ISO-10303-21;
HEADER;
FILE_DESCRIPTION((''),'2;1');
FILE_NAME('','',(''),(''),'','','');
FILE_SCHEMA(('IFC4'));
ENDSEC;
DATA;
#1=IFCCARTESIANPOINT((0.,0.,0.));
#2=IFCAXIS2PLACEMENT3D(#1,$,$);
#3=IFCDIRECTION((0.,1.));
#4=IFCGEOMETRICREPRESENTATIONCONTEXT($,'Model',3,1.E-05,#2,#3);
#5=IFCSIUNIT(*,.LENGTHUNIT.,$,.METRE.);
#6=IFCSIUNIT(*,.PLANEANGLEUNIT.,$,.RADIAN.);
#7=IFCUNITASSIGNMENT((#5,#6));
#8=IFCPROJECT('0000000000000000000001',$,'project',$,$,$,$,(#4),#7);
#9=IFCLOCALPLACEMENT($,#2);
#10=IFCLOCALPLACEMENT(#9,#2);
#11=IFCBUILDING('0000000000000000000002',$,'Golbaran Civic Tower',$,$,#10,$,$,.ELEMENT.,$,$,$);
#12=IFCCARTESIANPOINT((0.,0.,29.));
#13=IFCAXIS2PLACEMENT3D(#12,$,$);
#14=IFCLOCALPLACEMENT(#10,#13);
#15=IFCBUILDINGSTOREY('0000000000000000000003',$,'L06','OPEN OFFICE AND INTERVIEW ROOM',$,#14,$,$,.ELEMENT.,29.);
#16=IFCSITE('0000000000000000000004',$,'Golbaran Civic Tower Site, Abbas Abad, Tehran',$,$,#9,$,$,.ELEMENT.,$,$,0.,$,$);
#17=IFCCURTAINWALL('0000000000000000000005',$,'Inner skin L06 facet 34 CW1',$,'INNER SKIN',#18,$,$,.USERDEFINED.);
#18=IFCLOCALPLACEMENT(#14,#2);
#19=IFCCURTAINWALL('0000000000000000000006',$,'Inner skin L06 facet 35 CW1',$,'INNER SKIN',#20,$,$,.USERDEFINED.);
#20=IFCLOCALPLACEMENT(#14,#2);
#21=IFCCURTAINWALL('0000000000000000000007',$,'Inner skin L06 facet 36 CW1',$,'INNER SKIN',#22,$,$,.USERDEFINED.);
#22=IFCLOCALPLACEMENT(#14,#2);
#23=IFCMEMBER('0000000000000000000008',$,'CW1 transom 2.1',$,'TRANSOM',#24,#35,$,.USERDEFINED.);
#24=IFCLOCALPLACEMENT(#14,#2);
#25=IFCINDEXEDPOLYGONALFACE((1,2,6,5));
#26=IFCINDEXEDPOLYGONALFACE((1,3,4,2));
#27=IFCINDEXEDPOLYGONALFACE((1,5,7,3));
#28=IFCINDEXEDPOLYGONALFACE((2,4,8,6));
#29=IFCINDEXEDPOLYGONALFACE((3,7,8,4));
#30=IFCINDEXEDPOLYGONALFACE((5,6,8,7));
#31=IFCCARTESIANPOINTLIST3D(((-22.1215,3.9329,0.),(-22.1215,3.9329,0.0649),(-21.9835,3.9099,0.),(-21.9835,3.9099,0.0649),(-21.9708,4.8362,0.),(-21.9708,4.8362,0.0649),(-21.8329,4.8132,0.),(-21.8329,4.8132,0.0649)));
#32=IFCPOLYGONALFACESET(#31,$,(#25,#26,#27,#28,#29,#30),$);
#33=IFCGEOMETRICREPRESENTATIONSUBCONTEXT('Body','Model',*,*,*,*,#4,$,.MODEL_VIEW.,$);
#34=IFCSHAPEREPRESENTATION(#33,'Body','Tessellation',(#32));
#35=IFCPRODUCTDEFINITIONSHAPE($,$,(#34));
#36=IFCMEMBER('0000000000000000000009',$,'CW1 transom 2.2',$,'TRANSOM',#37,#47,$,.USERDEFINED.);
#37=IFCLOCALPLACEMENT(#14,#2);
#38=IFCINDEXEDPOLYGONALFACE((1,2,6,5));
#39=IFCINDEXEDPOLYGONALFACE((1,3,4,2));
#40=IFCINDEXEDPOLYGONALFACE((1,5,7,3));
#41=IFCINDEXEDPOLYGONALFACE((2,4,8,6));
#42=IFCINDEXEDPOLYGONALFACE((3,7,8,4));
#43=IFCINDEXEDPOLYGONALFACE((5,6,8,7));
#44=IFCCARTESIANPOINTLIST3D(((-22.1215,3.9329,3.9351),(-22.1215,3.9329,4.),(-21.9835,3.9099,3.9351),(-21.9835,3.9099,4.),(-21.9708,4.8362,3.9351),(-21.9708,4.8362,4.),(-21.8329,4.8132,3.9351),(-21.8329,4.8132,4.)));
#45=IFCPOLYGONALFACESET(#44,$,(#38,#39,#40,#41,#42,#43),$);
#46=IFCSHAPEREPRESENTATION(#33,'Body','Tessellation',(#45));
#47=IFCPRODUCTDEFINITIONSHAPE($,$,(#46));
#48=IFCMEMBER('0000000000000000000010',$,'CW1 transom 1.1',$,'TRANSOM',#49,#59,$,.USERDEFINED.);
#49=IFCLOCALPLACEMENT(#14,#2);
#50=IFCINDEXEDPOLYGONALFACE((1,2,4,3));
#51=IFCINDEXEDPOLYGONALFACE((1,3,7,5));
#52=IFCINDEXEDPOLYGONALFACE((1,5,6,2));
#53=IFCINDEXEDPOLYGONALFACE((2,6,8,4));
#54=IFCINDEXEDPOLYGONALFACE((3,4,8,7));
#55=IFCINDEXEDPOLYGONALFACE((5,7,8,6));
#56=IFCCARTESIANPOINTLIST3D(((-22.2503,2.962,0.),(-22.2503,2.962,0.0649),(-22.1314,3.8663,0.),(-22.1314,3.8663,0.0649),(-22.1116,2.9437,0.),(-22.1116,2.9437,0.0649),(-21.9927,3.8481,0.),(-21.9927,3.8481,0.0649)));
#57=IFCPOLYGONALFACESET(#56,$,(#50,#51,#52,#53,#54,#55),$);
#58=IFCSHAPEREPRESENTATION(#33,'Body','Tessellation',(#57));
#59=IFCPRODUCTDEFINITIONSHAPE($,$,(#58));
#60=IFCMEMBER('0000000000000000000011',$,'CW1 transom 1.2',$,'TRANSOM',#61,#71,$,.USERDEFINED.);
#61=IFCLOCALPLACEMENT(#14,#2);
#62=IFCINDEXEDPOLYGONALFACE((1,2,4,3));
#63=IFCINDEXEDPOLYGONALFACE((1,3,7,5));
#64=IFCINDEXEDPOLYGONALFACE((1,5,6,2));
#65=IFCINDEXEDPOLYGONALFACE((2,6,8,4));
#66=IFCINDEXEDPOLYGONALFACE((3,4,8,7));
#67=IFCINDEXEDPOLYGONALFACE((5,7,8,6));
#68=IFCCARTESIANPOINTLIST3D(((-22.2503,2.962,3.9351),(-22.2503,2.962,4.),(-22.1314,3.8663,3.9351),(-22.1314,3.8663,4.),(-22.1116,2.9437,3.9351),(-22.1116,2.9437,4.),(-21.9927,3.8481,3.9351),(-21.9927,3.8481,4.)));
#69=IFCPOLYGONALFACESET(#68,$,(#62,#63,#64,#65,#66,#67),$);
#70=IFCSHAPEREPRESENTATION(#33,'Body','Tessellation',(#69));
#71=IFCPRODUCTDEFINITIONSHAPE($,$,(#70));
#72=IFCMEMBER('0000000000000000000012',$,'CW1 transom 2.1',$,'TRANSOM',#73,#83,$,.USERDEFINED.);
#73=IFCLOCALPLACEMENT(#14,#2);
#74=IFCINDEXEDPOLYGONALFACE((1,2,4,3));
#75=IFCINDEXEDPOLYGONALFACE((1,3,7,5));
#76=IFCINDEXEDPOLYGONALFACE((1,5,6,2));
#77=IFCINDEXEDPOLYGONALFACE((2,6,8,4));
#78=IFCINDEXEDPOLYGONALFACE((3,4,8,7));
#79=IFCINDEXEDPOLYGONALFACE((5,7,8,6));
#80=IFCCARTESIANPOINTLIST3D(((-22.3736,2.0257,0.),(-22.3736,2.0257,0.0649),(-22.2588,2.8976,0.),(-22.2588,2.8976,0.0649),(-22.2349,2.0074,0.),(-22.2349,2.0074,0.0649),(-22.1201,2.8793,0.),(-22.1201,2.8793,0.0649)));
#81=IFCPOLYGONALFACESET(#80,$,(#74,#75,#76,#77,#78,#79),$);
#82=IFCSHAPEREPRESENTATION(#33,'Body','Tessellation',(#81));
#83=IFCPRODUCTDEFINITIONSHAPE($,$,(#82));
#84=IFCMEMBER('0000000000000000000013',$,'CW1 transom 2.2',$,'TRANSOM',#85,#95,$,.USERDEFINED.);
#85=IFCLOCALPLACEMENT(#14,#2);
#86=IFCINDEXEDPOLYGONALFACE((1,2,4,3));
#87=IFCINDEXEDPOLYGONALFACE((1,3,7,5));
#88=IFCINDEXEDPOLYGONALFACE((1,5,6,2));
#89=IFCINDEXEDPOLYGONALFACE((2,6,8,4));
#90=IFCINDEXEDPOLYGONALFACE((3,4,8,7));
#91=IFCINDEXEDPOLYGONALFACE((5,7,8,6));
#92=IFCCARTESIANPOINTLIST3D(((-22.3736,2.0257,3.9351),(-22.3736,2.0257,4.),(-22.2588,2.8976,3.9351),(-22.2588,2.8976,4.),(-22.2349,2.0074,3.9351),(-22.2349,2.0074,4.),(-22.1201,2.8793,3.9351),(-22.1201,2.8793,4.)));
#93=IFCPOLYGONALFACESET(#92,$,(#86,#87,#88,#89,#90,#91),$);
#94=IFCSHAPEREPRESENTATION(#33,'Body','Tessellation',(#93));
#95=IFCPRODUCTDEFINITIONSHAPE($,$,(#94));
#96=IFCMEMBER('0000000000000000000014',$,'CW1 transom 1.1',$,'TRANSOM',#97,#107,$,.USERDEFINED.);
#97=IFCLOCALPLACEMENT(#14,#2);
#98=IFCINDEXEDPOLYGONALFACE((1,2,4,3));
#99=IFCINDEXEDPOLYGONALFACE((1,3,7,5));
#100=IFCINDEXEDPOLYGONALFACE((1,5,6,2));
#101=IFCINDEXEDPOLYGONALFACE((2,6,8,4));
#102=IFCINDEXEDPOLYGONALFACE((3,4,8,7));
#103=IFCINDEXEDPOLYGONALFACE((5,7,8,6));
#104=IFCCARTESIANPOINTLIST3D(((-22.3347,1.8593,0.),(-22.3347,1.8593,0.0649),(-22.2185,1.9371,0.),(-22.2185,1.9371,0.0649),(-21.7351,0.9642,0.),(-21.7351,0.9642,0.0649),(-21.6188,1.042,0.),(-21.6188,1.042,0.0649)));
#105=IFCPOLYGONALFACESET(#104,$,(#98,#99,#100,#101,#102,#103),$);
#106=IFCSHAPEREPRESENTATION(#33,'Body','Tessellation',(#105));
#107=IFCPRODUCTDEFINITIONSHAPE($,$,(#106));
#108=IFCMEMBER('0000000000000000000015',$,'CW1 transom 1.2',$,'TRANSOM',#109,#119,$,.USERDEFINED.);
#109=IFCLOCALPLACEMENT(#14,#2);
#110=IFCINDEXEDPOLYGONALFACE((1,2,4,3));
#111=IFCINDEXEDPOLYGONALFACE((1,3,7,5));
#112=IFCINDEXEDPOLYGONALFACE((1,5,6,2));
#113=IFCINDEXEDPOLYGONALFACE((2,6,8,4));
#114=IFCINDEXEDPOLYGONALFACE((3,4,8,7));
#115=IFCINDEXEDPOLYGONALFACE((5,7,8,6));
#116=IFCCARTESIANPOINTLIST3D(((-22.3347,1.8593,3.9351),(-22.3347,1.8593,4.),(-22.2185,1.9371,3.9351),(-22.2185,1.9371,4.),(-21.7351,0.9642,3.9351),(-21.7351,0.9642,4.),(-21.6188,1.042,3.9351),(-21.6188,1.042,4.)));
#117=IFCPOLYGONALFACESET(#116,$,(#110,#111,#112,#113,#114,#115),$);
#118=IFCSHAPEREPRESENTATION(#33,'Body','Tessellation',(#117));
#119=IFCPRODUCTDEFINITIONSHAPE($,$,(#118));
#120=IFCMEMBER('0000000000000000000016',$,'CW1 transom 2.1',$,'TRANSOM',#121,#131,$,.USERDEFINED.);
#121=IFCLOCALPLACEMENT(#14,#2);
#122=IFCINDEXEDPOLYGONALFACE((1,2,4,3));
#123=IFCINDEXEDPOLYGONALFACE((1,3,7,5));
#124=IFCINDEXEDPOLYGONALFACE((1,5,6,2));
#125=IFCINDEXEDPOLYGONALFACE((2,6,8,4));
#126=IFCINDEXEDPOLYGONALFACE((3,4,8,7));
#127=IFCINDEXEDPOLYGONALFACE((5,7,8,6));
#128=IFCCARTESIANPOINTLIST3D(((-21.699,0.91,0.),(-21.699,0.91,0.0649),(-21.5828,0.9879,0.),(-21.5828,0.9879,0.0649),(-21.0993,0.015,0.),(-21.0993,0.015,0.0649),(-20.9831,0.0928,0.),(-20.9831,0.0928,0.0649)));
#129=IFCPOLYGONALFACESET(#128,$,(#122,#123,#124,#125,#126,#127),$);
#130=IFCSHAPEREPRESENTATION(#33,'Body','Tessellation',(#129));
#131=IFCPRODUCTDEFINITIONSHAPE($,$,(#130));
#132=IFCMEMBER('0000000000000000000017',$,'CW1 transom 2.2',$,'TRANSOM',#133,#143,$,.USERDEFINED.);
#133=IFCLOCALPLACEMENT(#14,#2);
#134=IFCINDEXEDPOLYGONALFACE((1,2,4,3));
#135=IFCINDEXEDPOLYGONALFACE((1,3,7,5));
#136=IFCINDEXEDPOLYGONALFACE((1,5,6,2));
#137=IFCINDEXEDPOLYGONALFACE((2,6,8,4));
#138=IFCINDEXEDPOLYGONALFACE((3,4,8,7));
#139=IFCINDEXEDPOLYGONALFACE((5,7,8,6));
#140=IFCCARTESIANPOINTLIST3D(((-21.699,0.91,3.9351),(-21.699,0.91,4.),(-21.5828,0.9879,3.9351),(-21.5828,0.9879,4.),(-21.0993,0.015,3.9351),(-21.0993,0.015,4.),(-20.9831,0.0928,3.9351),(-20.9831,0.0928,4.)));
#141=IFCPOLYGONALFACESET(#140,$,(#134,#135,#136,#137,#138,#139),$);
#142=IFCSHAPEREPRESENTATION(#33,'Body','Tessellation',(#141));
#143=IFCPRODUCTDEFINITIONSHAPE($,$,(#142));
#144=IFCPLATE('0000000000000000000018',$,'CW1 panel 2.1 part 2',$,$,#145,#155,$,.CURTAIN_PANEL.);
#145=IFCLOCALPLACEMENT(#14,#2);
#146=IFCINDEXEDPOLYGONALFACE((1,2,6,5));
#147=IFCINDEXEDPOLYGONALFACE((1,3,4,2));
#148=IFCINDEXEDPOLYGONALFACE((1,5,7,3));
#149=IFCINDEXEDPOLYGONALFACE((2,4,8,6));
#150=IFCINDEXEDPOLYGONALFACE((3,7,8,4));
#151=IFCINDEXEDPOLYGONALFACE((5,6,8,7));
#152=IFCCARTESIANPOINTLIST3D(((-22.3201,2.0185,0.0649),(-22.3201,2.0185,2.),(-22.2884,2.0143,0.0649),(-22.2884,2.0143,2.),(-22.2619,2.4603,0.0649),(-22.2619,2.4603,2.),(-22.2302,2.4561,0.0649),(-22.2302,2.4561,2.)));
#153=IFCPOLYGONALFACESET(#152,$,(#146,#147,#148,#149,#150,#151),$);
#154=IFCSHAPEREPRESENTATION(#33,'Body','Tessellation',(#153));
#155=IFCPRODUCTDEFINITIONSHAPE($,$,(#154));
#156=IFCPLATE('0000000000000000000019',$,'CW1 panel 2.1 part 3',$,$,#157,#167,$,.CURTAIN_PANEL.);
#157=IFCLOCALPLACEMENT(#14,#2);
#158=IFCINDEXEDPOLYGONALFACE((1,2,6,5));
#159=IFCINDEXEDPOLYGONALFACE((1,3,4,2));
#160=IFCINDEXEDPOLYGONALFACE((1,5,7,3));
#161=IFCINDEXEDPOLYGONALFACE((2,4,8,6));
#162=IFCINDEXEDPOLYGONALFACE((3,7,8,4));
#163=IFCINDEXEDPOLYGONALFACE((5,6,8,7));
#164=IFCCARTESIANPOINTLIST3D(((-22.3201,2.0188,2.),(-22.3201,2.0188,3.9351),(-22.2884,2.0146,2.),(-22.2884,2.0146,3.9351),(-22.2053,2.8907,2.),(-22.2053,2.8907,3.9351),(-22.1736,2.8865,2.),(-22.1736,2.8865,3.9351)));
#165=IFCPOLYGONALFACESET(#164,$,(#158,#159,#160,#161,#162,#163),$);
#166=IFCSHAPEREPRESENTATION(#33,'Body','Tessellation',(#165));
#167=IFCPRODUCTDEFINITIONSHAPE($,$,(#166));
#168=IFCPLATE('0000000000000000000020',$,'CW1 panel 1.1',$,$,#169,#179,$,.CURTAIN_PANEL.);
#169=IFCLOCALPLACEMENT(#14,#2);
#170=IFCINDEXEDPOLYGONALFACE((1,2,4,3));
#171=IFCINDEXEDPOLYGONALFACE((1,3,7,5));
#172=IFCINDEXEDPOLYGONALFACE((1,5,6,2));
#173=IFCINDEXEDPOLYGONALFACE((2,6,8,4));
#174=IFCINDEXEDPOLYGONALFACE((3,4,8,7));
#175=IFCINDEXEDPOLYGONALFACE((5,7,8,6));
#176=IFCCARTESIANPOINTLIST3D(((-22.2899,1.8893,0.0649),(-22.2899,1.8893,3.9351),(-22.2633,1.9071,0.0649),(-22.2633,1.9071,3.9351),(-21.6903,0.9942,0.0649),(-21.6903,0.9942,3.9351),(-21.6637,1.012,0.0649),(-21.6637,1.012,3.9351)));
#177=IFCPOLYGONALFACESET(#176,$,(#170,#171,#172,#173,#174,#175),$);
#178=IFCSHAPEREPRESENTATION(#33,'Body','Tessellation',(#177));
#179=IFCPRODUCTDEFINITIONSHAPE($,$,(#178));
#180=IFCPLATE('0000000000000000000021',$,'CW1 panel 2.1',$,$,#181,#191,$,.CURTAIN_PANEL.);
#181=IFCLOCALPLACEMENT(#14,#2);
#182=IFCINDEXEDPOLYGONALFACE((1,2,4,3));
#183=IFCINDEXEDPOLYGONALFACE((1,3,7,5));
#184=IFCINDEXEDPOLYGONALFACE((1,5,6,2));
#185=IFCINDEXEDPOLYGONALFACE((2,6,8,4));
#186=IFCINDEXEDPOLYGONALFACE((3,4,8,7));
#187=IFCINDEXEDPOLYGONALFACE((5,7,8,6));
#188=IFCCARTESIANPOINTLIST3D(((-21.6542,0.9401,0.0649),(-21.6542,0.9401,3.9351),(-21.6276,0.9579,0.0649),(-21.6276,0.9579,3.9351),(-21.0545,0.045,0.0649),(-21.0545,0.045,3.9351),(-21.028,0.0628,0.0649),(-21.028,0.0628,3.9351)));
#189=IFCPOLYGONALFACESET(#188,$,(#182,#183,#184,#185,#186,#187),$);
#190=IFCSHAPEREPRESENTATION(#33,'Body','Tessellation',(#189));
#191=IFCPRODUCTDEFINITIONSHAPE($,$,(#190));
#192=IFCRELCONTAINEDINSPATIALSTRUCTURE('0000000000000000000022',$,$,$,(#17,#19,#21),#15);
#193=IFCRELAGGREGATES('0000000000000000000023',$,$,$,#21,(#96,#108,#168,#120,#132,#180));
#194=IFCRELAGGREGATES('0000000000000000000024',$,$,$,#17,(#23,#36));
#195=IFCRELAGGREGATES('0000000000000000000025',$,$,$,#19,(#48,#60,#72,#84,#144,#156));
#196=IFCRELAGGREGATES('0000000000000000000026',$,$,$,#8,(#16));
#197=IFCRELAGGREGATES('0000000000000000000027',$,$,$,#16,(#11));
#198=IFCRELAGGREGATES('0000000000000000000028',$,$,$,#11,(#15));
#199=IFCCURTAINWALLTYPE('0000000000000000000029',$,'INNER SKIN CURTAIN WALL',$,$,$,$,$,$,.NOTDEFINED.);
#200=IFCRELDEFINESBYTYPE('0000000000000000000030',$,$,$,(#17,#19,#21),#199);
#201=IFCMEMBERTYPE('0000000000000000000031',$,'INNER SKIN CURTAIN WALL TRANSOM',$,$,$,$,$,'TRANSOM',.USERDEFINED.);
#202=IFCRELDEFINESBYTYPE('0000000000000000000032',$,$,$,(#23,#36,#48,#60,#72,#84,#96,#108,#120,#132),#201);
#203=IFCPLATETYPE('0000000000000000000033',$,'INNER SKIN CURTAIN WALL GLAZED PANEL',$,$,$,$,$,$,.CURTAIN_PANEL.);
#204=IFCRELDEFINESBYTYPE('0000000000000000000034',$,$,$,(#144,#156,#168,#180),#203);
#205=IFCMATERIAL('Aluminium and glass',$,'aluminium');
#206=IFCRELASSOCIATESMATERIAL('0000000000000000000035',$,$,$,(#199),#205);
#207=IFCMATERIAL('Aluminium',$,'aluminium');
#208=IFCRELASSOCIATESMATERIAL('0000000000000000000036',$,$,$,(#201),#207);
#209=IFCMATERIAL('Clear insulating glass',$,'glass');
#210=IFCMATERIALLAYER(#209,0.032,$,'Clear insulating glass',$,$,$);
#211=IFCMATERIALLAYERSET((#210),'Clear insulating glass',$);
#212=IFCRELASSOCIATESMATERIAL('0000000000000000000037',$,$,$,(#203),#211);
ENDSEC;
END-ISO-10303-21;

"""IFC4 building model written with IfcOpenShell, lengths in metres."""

from ifc_helpers import new_model, si_unit, direction, frame, origin, origin_2d, place, context, subcontext, project, spatial, rectangle, extrude, material, layer, layer_set, material_profile, profile_set, type_object, element, aggregate, save


model = new_model("IFC4")

# Units and contexts
model_context = context("Model", 3, precision=1e-05, world=origin(), true_north=direction((0.0, 1.0)))
body_context = subcontext(model_context, "Body", "Model", "MODEL_VIEW")
ifc_project = project(units=[si_unit("LENGTHUNIT", "METRE"), si_unit("PLANEANGLEUNIT", "RADIAN")], contexts=[model_context])

# Site, building, storey
site_placement = place(None, origin())
site = spatial("IfcSite", under=ifc_project, at=site_placement, Name="Golbaran Civic Tower Site, Abbas Abad, Tehran", CompositionType="ELEMENT", RefElevation=0.0)
building_placement = place(site_placement, origin())
building = spatial("IfcBuilding", under=site, at=building_placement, Name="Golbaran Civic Tower", CompositionType="ELEMENT")
storey_placement = place(building_placement, frame((0.0, 0.0, 29.0)))
storey = spatial("IfcBuildingStorey", under=building, at=storey_placement, Name="L06", Description="OPEN OFFICE AND INTERVIEW ROOM", CompositionType="ELEMENT", Elevation=29.0)

# Curtain walls
ifc_material_1 = material(Name="Aluminium and glass", Category="aluminium")
curtain_wall_type = type_object("IfcCurtainWallType", Name="INNER SKIN CURTAIN WALL", PredefinedType="NOTDEFINED", material=ifc_material_1)
curtain_wall_1_placement = place(storey_placement, origin())
curtain_wall_1 = element("IfcCurtainWall", 1, at=curtain_wall_1_placement, inside=storey, type_object=curtain_wall_type, Name="Inner skin L06 facet 34 CW1", ObjectType="INNER SKIN", PredefinedType="USERDEFINED")
ifc_material_2 = material(Name="Aluminium", Category="aluminium")
curtain_wall_2_placement = place(storey_placement, origin())
curtain_wall_2 = element("IfcCurtainWall", 2, at=curtain_wall_2_placement, inside=storey, type_object=curtain_wall_type, Name="Inner skin L06 facet 35 CW1", ObjectType="INNER SKIN", PredefinedType="USERDEFINED")
curtain_wall_3_placement = place(storey_placement, origin())
curtain_wall_3 = element("IfcCurtainWall", 3, at=curtain_wall_3_placement, inside=storey, type_object=curtain_wall_type, Name="Inner skin L06 facet 36 CW1", ObjectType="INNER SKIN", PredefinedType="USERDEFINED")

# Members
ifc_material_profile_1 = material_profile(ifc_material_2, rectangle(XDim=0.1399, YDim=0.0649, at=origin_2d()), Name="INNER SKIN CURTAIN WALL TRANSOM")
ifc_profile_set_1 = profile_set([ifc_material_profile_1], Name="Aluminium")
member_type_1 = type_object("IfcMemberType", Name="INNER SKIN CURTAIN WALL TRANSOM", ElementType="TRANSOM", PredefinedType="USERDEFINED", material=ifc_profile_set_1)
member_1_placement = place(storey_placement, frame((-21.9019, 4.8247, 0.0325), z_axis=(-0.164485, -0.98638, 0.0), x_axis=(0.98638, -0.164485, 0.0)))
member_1 = element("IfcMember", 4, at=member_1_placement, type_object=member_type_1, Name="CW1 transom 2.1", ObjectType="TRANSOM", PredefinedType="USERDEFINED", context=body_context, shape_type="SweptSolid", body=[
    extrude(rectangle(XDim=0.1399, YDim=0.0649, at=origin_2d()), origin(), (0.0, 0.0, 1.0), 0.9158),
])
member_2_placement = place(storey_placement, frame((-21.9019, 4.8247, 3.9675), z_axis=(-0.164485, -0.98638, 0.0), x_axis=(0.98638, -0.164485, 0.0)))
member_2 = element("IfcMember", 5, at=member_2_placement, type_object=member_type_1, Name="CW1 transom 2.2", ObjectType="TRANSOM", PredefinedType="USERDEFINED", context=body_context, shape_type="SweptSolid", body=[
    extrude(rectangle(XDim=0.1399, YDim=0.0649, at=origin_2d()), origin(), (0.0, 0.0, 1.0), 0.9158),
])
member_3_placement = place(storey_placement, frame((-22.062, 3.8572, 0.0325), z_axis=(-0.130358, -0.991467, 0.0), x_axis=(0.991467, -0.130358, 0.0)))
member_3 = element("IfcMember", 6, at=member_3_placement, type_object=member_type_1, Name="CW1 transom 1.1", ObjectType="TRANSOM", PredefinedType="USERDEFINED", context=body_context, shape_type="SweptSolid", body=[
    extrude(rectangle(XDim=0.1399, YDim=0.0649, at=origin_2d()), origin(), (0.0, 0.0, 1.0), 0.9121),
])
member_4_placement = place(storey_placement, frame((-22.062, 3.8572, 3.9675), z_axis=(-0.130358, -0.991467, 0.0), x_axis=(0.991467, -0.130358, 0.0)))
member_4 = element("IfcMember", 7, at=member_4_placement, type_object=member_type_1, Name="CW1 transom 1.2", ObjectType="TRANSOM", PredefinedType="USERDEFINED", context=body_context, shape_type="SweptSolid", body=[
    extrude(rectangle(XDim=0.1399, YDim=0.0649, at=origin_2d()), origin(), (0.0, 0.0, 1.0), 0.9121),
])
member_5_placement = place(storey_placement, frame((-22.1895, 2.8884, 0.0325), z_axis=(-0.13049, -0.99145, 0.0), x_axis=(0.99145, -0.13049, 0.0)))
member_5 = element("IfcMember", 8, at=member_5_placement, type_object=member_type_1, Name="CW1 transom 2.1", ObjectType="TRANSOM", PredefinedType="USERDEFINED", context=body_context, shape_type="SweptSolid", body=[
    extrude(rectangle(XDim=0.1399, YDim=0.0649, at=origin_2d()), origin(), (0.0, 0.0, 1.0), 0.8794),
])
member_6_placement = place(storey_placement, frame((-22.1895, 2.8884, 3.9675), z_axis=(-0.13049, -0.99145, 0.0), x_axis=(0.99145, -0.13049, 0.0)))
member_6 = element("IfcMember", 9, at=member_6_placement, type_object=member_type_1, Name="CW1 transom 2.2", ObjectType="TRANSOM", PredefinedType="USERDEFINED", context=body_context, shape_type="SweptSolid", body=[
    extrude(rectangle(XDim=0.1399, YDim=0.0649, at=origin_2d()), origin(), (0.0, 0.0, 1.0), 0.8794),
])
member_7_placement = place(storey_placement, frame((-22.2766, 1.8982, 0.0325), z_axis=(0.556581, -0.830793, 0.0), x_axis=(0.830793, 0.556581, 0.0)))
member_7 = element("IfcMember", 10, at=member_7_placement, type_object=member_type_1, Name="CW1 transom 1.1", ObjectType="TRANSOM", PredefinedType="USERDEFINED", context=body_context, shape_type="SweptSolid", body=[
    extrude(rectangle(XDim=0.1399, YDim=0.0649, at=origin_2d()), origin(), (0.0, 0.0, 1.0), 1.0774),
])
member_8_placement = place(storey_placement, frame((-22.2766, 1.8982, 3.9675), z_axis=(0.556581, -0.830793, 0.0), x_axis=(0.830793, 0.556581, 0.0)))
member_8 = element("IfcMember", 11, at=member_8_placement, type_object=member_type_1, Name="CW1 transom 1.2", ObjectType="TRANSOM", PredefinedType="USERDEFINED", context=body_context, shape_type="SweptSolid", body=[
    extrude(rectangle(XDim=0.1399, YDim=0.0649, at=origin_2d()), origin(), (0.0, 0.0, 1.0), 1.0774),
])
member_9_placement = place(storey_placement, frame((-21.6409, 0.949, 0.0325), z_axis=(0.556581, -0.830793, 0.0), x_axis=(0.830793, 0.556581, 0.0)))
member_9 = element("IfcMember", 12, at=member_9_placement, type_object=member_type_1, Name="CW1 transom 2.1", ObjectType="TRANSOM", PredefinedType="USERDEFINED", context=body_context, shape_type="SweptSolid", body=[
    extrude(rectangle(XDim=0.1399, YDim=0.0649, at=origin_2d()), origin(), (0.0, 0.0, 1.0), 1.0774),
])
member_10_placement = place(storey_placement, frame((-21.6409, 0.949, 3.9675), z_axis=(0.556581, -0.830793, 0.0), x_axis=(0.830793, 0.556581, 0.0)))
member_10 = element("IfcMember", 13, at=member_10_placement, type_object=member_type_1, Name="CW1 transom 2.2", ObjectType="TRANSOM", PredefinedType="USERDEFINED", context=body_context, shape_type="SweptSolid", body=[
    extrude(rectangle(XDim=0.1399, YDim=0.0649, at=origin_2d()), origin(), (0.0, 0.0, 1.0), 1.0774),
])

# Plates
ifc_material_3 = material(Name="Clear insulating glass", Category="glass")
ifc_layer_1 = layer(ifc_material_3, 0.032, Name="Clear insulating glass")
ifc_layer_set_1 = layer_set([ifc_layer_1], Name="Clear insulating glass")
plate_type_1 = type_object("IfcPlateType", Name="INNER SKIN CURTAIN WALL GLAZED PANEL", PredefinedType="CURTAIN_PANEL", material=ifc_layer_set_1)
plate_1_placement = place(storey_placement, frame((-22.2751, 2.2373, 0.0649), z_axis=(0.0, 0.0, 1.0), x_axis=(-0.130526, -0.991445, 0.0)))
plate_1 = element("IfcPlate", 14, at=plate_1_placement, type_object=plate_type_1, Name="CW1 panel 2.1 part 2", PredefinedType="CURTAIN_PANEL", context=body_context, shape_type="SweptSolid", body=[
    extrude(rectangle(XDim=0.4456, YDim=0.032, at=origin_2d()), origin(), (0.0, 0.0, 1.0), 1.9351),
])
plate_2_placement = place(storey_placement, frame((-22.2468, 2.4526, 2.0), z_axis=(0.0, 0.0, 1.0), x_axis=(-0.130526, -0.991445, 0.0)))
plate_2 = element("IfcPlate", 15, at=plate_2_placement, type_object=plate_type_1, Name="CW1 panel 2.1 part 3", PredefinedType="CURTAIN_PANEL", context=body_context, shape_type="SweptSolid", body=[
    extrude(rectangle(XDim=0.8794, YDim=0.032, at=origin_2d()), origin(), (0.0, 0.0, 1.0), 1.9351),
])
plate_3_placement = place(storey_placement, frame((-21.9768, 1.4507, 0.0649), z_axis=(0.0, 0.0, 1.0), x_axis=(0.556572, -0.830799, 0.0)))
plate_3 = element("IfcPlate", 16, at=plate_3_placement, type_object=plate_type_1, Name="CW1 panel 1.1", PredefinedType="CURTAIN_PANEL", context=body_context, shape_type="SweptSolid", body=[
    extrude(rectangle(XDim=1.0774, YDim=0.032, at=origin_2d()), origin(), (0.0, 0.0, 1.0), 3.8701),
])
plate_4_placement = place(storey_placement, frame((-21.3411, 0.5015, 0.0649), z_axis=(0.0, 0.0, 1.0), x_axis=(0.556572, -0.830799, 0.0)))
plate_4 = element("IfcPlate", 17, at=plate_4_placement, type_object=plate_type_1, Name="CW1 panel 2.1", PredefinedType="CURTAIN_PANEL", context=body_context, shape_type="SweptSolid", body=[
    extrude(rectangle(XDim=1.0774, YDim=0.032, at=origin_2d()), origin(), (0.0, 0.0, 1.0), 3.8701),
])
aggregate(curtain_wall_3, [member_7, member_8, plate_3, member_9, member_10, plate_4])
aggregate(curtain_wall_1, [member_1, member_2])
aggregate(curtain_wall_2, [member_3, member_4, member_5, member_6, plate_1, plate_2])

save(model, "model.ifc")
